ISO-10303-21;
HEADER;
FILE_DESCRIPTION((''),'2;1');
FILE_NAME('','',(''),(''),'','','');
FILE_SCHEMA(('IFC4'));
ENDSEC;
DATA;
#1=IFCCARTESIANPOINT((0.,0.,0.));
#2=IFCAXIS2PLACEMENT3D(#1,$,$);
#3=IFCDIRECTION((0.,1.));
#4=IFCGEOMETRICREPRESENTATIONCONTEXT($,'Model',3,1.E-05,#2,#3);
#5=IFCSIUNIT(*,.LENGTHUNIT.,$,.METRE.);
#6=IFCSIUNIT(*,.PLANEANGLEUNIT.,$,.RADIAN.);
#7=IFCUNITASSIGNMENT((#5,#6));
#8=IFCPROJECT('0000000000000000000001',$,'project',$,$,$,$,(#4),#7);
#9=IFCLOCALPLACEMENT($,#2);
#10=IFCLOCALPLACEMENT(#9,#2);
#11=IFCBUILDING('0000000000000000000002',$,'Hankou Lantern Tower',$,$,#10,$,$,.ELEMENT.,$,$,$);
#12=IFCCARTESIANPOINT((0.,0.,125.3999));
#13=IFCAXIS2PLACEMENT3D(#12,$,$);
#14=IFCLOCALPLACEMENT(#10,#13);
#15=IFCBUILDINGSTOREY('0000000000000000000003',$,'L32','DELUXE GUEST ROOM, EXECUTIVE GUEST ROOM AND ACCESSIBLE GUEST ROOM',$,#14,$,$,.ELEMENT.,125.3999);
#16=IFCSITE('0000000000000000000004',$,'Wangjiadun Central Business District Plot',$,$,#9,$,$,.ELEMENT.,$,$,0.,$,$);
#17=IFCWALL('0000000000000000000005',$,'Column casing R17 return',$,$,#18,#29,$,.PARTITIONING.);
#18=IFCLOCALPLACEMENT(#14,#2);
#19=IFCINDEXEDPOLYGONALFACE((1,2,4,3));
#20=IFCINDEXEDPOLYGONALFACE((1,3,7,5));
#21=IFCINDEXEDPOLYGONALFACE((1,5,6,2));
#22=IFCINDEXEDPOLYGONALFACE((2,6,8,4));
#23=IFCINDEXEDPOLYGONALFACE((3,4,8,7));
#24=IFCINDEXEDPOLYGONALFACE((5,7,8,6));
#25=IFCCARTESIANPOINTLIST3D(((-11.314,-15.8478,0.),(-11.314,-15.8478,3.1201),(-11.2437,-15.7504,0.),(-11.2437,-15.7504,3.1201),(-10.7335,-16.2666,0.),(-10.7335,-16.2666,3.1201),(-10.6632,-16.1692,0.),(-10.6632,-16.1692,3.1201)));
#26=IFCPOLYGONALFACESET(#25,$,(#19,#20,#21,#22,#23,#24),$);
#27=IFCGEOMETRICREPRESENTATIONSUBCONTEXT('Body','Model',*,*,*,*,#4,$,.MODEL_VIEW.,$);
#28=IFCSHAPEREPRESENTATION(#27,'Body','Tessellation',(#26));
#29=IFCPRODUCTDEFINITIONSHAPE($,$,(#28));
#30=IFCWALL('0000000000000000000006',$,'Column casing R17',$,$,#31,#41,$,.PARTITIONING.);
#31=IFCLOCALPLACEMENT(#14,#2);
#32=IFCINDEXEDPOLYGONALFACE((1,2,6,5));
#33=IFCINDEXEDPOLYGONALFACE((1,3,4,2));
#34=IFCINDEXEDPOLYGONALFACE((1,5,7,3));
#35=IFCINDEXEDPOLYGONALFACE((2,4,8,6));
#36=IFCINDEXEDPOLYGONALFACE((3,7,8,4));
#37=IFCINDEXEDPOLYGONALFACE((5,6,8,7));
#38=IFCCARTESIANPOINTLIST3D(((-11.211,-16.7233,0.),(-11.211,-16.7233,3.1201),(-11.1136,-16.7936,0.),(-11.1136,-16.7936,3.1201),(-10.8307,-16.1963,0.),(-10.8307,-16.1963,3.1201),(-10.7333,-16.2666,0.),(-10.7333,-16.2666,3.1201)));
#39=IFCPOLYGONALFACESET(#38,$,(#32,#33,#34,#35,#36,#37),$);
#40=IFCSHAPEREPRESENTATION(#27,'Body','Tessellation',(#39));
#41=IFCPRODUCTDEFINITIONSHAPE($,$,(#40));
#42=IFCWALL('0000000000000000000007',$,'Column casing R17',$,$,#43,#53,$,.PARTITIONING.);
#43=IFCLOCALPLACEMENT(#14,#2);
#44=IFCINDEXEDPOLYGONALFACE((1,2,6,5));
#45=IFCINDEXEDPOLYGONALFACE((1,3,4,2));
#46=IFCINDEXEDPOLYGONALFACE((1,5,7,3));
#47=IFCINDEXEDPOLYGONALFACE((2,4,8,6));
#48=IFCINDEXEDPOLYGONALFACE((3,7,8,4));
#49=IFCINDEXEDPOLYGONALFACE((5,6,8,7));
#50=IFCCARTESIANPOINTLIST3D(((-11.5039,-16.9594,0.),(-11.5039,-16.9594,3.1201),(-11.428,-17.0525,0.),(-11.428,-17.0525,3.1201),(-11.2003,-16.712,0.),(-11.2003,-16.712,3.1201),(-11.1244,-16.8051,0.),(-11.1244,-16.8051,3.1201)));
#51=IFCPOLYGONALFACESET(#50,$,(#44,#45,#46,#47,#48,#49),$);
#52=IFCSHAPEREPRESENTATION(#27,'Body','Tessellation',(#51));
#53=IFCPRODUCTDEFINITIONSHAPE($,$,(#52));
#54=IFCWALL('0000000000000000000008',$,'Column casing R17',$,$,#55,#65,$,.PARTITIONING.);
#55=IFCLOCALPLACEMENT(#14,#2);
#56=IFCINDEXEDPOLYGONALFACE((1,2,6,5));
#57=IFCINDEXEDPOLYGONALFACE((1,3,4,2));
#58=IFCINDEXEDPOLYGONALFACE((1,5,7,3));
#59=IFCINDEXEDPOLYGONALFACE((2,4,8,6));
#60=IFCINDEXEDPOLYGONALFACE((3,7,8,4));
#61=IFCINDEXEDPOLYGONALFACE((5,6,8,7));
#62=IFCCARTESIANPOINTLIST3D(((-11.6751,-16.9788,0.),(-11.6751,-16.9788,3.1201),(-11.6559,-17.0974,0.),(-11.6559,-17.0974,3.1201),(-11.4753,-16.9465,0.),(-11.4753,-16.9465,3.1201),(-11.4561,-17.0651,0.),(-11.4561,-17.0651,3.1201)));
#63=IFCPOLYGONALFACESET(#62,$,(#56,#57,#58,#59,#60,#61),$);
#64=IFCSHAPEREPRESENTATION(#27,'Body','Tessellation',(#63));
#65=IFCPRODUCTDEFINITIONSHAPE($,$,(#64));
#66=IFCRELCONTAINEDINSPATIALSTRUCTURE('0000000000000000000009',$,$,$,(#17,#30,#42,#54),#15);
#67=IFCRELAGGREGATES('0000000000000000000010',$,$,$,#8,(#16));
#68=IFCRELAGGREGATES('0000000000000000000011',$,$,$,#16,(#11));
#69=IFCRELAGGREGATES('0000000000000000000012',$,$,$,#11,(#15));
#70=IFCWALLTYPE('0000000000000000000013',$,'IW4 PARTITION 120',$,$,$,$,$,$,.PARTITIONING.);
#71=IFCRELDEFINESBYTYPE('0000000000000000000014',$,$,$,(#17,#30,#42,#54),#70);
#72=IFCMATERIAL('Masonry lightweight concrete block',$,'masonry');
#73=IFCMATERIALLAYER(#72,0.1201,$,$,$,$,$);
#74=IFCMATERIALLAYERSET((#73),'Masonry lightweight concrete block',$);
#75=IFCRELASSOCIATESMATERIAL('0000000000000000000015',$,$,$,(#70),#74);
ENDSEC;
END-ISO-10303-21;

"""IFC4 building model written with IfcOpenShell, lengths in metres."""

from ifc_helpers import new_model, si_unit, direction, frame, frame_2d, origin, place, context, subcontext, project, spatial, rectangle, extrude, material, layer, layer_set, type_object, element, save


model = new_model("IFC4")

# Units and contexts
model_context = context("Model", 3, precision=1e-05, world=origin(), true_north=direction((0.0, 1.0)))
body_context = subcontext(model_context, "Body", "Model", "MODEL_VIEW")
ifc_project = project(units=[si_unit("LENGTHUNIT", "METRE"), si_unit("PLANEANGLEUNIT", "RADIAN")], contexts=[model_context])

# Site, building, storey
site_placement = place(None, origin())
site = spatial("IfcSite", under=ifc_project, at=site_placement, Name="Wangjiadun Central Business District Plot", CompositionType="ELEMENT", RefElevation=0.0)
building_placement = place(site_placement, origin())
building = spatial("IfcBuilding", under=site, at=building_placement, Name="Hankou Lantern Tower", CompositionType="ELEMENT")
storey_placement = place(building_placement, frame((0.0, 0.0, 125.3999)))
storey = spatial("IfcBuildingStorey", under=building, at=storey_placement, Name="L32", Description="DELUXE GUEST ROOM, EXECUTIVE GUEST ROOM AND ACCESSIBLE GUEST ROOM", CompositionType="ELEMENT", Elevation=125.3999)

# Walls
ifc_material_1 = material(Name="Masonry lightweight concrete block", Category="masonry")
ifc_layer_1 = layer(ifc_material_1, 0.1201)
ifc_layer_set_1 = layer_set([ifc_layer_1], Name="Masonry lightweight concrete block")
wall_type_1 = type_object("IfcWallType", Name="IW4 PARTITION 120", PredefinedType="PARTITIONING", material=ifc_layer_set_1)
wall_1_placement = place(storey_placement, frame((-11.2788, -15.7991, 0.0), z_axis=(0.0, 0.0, 1.0), x_axis=(0.810913, -0.585167, 0.0)))
element("IfcWall", 1, at=wall_1_placement, inside=storey, type_object=wall_type_1, Name="Column casing R17 return", PredefinedType="PARTITIONING", context=body_context, shape_type="SweptSolid", body=[
    extrude(rectangle(XDim=0.7158, YDim=0.1201, at=frame_2d((0.3579, 0.0))), origin(), (0.0, 0.0, 1.0), 3.1201),
])
wall_2_placement = place(storey_placement, frame((-10.782, -16.2314, 0.0), z_axis=(0.0, 0.0, 1.0), x_axis=(-0.585175, -0.810907, 0.0)))
element("IfcWall", 2, at=wall_2_placement, inside=storey, type_object=wall_type_1, Name="Column casing R17", PredefinedType="PARTITIONING", context=body_context, shape_type="SweptSolid", body=[
    extrude(rectangle(XDim=0.6499, YDim=0.1201, at=frame_2d((0.325, 0.0))), origin(), (0.0, 0.0, 1.0), 3.1201),
])
wall_3_placement = place(storey_placement, frame((-11.1624, -16.7585, 0.0), z_axis=(0.0, 0.0, 1.0), x_axis=(-0.775178, -0.631742, 0.0)))
element("IfcWall", 3, at=wall_3_placement, inside=storey, type_object=wall_type_1, Name="Column casing R17", PredefinedType="PARTITIONING", context=body_context, shape_type="SweptSolid", body=[
    extrude(rectangle(XDim=0.3916, YDim=0.1201, at=frame_2d((0.1958, 0.0))), origin(), (0.0, 0.0, 1.0), 3.1201),
])
wall_4_placement = place(storey_placement, frame((-11.4658, -17.0059, 0.0), z_axis=(0.0, 0.0, 1.0), x_axis=(-0.987229, -0.159308, 0.0)))
element("IfcWall", 4, at=wall_4_placement, inside=storey, type_object=wall_type_1, Name="Column casing R17", PredefinedType="PARTITIONING", context=body_context, shape_type="SweptSolid", body=[
    extrude(rectangle(XDim=0.2024, YDim=0.1201, at=frame_2d((0.1011, 0.0))), origin(), (0.0, 0.0, 1.0), 3.1201),
])

save(model, "model.ifc")
